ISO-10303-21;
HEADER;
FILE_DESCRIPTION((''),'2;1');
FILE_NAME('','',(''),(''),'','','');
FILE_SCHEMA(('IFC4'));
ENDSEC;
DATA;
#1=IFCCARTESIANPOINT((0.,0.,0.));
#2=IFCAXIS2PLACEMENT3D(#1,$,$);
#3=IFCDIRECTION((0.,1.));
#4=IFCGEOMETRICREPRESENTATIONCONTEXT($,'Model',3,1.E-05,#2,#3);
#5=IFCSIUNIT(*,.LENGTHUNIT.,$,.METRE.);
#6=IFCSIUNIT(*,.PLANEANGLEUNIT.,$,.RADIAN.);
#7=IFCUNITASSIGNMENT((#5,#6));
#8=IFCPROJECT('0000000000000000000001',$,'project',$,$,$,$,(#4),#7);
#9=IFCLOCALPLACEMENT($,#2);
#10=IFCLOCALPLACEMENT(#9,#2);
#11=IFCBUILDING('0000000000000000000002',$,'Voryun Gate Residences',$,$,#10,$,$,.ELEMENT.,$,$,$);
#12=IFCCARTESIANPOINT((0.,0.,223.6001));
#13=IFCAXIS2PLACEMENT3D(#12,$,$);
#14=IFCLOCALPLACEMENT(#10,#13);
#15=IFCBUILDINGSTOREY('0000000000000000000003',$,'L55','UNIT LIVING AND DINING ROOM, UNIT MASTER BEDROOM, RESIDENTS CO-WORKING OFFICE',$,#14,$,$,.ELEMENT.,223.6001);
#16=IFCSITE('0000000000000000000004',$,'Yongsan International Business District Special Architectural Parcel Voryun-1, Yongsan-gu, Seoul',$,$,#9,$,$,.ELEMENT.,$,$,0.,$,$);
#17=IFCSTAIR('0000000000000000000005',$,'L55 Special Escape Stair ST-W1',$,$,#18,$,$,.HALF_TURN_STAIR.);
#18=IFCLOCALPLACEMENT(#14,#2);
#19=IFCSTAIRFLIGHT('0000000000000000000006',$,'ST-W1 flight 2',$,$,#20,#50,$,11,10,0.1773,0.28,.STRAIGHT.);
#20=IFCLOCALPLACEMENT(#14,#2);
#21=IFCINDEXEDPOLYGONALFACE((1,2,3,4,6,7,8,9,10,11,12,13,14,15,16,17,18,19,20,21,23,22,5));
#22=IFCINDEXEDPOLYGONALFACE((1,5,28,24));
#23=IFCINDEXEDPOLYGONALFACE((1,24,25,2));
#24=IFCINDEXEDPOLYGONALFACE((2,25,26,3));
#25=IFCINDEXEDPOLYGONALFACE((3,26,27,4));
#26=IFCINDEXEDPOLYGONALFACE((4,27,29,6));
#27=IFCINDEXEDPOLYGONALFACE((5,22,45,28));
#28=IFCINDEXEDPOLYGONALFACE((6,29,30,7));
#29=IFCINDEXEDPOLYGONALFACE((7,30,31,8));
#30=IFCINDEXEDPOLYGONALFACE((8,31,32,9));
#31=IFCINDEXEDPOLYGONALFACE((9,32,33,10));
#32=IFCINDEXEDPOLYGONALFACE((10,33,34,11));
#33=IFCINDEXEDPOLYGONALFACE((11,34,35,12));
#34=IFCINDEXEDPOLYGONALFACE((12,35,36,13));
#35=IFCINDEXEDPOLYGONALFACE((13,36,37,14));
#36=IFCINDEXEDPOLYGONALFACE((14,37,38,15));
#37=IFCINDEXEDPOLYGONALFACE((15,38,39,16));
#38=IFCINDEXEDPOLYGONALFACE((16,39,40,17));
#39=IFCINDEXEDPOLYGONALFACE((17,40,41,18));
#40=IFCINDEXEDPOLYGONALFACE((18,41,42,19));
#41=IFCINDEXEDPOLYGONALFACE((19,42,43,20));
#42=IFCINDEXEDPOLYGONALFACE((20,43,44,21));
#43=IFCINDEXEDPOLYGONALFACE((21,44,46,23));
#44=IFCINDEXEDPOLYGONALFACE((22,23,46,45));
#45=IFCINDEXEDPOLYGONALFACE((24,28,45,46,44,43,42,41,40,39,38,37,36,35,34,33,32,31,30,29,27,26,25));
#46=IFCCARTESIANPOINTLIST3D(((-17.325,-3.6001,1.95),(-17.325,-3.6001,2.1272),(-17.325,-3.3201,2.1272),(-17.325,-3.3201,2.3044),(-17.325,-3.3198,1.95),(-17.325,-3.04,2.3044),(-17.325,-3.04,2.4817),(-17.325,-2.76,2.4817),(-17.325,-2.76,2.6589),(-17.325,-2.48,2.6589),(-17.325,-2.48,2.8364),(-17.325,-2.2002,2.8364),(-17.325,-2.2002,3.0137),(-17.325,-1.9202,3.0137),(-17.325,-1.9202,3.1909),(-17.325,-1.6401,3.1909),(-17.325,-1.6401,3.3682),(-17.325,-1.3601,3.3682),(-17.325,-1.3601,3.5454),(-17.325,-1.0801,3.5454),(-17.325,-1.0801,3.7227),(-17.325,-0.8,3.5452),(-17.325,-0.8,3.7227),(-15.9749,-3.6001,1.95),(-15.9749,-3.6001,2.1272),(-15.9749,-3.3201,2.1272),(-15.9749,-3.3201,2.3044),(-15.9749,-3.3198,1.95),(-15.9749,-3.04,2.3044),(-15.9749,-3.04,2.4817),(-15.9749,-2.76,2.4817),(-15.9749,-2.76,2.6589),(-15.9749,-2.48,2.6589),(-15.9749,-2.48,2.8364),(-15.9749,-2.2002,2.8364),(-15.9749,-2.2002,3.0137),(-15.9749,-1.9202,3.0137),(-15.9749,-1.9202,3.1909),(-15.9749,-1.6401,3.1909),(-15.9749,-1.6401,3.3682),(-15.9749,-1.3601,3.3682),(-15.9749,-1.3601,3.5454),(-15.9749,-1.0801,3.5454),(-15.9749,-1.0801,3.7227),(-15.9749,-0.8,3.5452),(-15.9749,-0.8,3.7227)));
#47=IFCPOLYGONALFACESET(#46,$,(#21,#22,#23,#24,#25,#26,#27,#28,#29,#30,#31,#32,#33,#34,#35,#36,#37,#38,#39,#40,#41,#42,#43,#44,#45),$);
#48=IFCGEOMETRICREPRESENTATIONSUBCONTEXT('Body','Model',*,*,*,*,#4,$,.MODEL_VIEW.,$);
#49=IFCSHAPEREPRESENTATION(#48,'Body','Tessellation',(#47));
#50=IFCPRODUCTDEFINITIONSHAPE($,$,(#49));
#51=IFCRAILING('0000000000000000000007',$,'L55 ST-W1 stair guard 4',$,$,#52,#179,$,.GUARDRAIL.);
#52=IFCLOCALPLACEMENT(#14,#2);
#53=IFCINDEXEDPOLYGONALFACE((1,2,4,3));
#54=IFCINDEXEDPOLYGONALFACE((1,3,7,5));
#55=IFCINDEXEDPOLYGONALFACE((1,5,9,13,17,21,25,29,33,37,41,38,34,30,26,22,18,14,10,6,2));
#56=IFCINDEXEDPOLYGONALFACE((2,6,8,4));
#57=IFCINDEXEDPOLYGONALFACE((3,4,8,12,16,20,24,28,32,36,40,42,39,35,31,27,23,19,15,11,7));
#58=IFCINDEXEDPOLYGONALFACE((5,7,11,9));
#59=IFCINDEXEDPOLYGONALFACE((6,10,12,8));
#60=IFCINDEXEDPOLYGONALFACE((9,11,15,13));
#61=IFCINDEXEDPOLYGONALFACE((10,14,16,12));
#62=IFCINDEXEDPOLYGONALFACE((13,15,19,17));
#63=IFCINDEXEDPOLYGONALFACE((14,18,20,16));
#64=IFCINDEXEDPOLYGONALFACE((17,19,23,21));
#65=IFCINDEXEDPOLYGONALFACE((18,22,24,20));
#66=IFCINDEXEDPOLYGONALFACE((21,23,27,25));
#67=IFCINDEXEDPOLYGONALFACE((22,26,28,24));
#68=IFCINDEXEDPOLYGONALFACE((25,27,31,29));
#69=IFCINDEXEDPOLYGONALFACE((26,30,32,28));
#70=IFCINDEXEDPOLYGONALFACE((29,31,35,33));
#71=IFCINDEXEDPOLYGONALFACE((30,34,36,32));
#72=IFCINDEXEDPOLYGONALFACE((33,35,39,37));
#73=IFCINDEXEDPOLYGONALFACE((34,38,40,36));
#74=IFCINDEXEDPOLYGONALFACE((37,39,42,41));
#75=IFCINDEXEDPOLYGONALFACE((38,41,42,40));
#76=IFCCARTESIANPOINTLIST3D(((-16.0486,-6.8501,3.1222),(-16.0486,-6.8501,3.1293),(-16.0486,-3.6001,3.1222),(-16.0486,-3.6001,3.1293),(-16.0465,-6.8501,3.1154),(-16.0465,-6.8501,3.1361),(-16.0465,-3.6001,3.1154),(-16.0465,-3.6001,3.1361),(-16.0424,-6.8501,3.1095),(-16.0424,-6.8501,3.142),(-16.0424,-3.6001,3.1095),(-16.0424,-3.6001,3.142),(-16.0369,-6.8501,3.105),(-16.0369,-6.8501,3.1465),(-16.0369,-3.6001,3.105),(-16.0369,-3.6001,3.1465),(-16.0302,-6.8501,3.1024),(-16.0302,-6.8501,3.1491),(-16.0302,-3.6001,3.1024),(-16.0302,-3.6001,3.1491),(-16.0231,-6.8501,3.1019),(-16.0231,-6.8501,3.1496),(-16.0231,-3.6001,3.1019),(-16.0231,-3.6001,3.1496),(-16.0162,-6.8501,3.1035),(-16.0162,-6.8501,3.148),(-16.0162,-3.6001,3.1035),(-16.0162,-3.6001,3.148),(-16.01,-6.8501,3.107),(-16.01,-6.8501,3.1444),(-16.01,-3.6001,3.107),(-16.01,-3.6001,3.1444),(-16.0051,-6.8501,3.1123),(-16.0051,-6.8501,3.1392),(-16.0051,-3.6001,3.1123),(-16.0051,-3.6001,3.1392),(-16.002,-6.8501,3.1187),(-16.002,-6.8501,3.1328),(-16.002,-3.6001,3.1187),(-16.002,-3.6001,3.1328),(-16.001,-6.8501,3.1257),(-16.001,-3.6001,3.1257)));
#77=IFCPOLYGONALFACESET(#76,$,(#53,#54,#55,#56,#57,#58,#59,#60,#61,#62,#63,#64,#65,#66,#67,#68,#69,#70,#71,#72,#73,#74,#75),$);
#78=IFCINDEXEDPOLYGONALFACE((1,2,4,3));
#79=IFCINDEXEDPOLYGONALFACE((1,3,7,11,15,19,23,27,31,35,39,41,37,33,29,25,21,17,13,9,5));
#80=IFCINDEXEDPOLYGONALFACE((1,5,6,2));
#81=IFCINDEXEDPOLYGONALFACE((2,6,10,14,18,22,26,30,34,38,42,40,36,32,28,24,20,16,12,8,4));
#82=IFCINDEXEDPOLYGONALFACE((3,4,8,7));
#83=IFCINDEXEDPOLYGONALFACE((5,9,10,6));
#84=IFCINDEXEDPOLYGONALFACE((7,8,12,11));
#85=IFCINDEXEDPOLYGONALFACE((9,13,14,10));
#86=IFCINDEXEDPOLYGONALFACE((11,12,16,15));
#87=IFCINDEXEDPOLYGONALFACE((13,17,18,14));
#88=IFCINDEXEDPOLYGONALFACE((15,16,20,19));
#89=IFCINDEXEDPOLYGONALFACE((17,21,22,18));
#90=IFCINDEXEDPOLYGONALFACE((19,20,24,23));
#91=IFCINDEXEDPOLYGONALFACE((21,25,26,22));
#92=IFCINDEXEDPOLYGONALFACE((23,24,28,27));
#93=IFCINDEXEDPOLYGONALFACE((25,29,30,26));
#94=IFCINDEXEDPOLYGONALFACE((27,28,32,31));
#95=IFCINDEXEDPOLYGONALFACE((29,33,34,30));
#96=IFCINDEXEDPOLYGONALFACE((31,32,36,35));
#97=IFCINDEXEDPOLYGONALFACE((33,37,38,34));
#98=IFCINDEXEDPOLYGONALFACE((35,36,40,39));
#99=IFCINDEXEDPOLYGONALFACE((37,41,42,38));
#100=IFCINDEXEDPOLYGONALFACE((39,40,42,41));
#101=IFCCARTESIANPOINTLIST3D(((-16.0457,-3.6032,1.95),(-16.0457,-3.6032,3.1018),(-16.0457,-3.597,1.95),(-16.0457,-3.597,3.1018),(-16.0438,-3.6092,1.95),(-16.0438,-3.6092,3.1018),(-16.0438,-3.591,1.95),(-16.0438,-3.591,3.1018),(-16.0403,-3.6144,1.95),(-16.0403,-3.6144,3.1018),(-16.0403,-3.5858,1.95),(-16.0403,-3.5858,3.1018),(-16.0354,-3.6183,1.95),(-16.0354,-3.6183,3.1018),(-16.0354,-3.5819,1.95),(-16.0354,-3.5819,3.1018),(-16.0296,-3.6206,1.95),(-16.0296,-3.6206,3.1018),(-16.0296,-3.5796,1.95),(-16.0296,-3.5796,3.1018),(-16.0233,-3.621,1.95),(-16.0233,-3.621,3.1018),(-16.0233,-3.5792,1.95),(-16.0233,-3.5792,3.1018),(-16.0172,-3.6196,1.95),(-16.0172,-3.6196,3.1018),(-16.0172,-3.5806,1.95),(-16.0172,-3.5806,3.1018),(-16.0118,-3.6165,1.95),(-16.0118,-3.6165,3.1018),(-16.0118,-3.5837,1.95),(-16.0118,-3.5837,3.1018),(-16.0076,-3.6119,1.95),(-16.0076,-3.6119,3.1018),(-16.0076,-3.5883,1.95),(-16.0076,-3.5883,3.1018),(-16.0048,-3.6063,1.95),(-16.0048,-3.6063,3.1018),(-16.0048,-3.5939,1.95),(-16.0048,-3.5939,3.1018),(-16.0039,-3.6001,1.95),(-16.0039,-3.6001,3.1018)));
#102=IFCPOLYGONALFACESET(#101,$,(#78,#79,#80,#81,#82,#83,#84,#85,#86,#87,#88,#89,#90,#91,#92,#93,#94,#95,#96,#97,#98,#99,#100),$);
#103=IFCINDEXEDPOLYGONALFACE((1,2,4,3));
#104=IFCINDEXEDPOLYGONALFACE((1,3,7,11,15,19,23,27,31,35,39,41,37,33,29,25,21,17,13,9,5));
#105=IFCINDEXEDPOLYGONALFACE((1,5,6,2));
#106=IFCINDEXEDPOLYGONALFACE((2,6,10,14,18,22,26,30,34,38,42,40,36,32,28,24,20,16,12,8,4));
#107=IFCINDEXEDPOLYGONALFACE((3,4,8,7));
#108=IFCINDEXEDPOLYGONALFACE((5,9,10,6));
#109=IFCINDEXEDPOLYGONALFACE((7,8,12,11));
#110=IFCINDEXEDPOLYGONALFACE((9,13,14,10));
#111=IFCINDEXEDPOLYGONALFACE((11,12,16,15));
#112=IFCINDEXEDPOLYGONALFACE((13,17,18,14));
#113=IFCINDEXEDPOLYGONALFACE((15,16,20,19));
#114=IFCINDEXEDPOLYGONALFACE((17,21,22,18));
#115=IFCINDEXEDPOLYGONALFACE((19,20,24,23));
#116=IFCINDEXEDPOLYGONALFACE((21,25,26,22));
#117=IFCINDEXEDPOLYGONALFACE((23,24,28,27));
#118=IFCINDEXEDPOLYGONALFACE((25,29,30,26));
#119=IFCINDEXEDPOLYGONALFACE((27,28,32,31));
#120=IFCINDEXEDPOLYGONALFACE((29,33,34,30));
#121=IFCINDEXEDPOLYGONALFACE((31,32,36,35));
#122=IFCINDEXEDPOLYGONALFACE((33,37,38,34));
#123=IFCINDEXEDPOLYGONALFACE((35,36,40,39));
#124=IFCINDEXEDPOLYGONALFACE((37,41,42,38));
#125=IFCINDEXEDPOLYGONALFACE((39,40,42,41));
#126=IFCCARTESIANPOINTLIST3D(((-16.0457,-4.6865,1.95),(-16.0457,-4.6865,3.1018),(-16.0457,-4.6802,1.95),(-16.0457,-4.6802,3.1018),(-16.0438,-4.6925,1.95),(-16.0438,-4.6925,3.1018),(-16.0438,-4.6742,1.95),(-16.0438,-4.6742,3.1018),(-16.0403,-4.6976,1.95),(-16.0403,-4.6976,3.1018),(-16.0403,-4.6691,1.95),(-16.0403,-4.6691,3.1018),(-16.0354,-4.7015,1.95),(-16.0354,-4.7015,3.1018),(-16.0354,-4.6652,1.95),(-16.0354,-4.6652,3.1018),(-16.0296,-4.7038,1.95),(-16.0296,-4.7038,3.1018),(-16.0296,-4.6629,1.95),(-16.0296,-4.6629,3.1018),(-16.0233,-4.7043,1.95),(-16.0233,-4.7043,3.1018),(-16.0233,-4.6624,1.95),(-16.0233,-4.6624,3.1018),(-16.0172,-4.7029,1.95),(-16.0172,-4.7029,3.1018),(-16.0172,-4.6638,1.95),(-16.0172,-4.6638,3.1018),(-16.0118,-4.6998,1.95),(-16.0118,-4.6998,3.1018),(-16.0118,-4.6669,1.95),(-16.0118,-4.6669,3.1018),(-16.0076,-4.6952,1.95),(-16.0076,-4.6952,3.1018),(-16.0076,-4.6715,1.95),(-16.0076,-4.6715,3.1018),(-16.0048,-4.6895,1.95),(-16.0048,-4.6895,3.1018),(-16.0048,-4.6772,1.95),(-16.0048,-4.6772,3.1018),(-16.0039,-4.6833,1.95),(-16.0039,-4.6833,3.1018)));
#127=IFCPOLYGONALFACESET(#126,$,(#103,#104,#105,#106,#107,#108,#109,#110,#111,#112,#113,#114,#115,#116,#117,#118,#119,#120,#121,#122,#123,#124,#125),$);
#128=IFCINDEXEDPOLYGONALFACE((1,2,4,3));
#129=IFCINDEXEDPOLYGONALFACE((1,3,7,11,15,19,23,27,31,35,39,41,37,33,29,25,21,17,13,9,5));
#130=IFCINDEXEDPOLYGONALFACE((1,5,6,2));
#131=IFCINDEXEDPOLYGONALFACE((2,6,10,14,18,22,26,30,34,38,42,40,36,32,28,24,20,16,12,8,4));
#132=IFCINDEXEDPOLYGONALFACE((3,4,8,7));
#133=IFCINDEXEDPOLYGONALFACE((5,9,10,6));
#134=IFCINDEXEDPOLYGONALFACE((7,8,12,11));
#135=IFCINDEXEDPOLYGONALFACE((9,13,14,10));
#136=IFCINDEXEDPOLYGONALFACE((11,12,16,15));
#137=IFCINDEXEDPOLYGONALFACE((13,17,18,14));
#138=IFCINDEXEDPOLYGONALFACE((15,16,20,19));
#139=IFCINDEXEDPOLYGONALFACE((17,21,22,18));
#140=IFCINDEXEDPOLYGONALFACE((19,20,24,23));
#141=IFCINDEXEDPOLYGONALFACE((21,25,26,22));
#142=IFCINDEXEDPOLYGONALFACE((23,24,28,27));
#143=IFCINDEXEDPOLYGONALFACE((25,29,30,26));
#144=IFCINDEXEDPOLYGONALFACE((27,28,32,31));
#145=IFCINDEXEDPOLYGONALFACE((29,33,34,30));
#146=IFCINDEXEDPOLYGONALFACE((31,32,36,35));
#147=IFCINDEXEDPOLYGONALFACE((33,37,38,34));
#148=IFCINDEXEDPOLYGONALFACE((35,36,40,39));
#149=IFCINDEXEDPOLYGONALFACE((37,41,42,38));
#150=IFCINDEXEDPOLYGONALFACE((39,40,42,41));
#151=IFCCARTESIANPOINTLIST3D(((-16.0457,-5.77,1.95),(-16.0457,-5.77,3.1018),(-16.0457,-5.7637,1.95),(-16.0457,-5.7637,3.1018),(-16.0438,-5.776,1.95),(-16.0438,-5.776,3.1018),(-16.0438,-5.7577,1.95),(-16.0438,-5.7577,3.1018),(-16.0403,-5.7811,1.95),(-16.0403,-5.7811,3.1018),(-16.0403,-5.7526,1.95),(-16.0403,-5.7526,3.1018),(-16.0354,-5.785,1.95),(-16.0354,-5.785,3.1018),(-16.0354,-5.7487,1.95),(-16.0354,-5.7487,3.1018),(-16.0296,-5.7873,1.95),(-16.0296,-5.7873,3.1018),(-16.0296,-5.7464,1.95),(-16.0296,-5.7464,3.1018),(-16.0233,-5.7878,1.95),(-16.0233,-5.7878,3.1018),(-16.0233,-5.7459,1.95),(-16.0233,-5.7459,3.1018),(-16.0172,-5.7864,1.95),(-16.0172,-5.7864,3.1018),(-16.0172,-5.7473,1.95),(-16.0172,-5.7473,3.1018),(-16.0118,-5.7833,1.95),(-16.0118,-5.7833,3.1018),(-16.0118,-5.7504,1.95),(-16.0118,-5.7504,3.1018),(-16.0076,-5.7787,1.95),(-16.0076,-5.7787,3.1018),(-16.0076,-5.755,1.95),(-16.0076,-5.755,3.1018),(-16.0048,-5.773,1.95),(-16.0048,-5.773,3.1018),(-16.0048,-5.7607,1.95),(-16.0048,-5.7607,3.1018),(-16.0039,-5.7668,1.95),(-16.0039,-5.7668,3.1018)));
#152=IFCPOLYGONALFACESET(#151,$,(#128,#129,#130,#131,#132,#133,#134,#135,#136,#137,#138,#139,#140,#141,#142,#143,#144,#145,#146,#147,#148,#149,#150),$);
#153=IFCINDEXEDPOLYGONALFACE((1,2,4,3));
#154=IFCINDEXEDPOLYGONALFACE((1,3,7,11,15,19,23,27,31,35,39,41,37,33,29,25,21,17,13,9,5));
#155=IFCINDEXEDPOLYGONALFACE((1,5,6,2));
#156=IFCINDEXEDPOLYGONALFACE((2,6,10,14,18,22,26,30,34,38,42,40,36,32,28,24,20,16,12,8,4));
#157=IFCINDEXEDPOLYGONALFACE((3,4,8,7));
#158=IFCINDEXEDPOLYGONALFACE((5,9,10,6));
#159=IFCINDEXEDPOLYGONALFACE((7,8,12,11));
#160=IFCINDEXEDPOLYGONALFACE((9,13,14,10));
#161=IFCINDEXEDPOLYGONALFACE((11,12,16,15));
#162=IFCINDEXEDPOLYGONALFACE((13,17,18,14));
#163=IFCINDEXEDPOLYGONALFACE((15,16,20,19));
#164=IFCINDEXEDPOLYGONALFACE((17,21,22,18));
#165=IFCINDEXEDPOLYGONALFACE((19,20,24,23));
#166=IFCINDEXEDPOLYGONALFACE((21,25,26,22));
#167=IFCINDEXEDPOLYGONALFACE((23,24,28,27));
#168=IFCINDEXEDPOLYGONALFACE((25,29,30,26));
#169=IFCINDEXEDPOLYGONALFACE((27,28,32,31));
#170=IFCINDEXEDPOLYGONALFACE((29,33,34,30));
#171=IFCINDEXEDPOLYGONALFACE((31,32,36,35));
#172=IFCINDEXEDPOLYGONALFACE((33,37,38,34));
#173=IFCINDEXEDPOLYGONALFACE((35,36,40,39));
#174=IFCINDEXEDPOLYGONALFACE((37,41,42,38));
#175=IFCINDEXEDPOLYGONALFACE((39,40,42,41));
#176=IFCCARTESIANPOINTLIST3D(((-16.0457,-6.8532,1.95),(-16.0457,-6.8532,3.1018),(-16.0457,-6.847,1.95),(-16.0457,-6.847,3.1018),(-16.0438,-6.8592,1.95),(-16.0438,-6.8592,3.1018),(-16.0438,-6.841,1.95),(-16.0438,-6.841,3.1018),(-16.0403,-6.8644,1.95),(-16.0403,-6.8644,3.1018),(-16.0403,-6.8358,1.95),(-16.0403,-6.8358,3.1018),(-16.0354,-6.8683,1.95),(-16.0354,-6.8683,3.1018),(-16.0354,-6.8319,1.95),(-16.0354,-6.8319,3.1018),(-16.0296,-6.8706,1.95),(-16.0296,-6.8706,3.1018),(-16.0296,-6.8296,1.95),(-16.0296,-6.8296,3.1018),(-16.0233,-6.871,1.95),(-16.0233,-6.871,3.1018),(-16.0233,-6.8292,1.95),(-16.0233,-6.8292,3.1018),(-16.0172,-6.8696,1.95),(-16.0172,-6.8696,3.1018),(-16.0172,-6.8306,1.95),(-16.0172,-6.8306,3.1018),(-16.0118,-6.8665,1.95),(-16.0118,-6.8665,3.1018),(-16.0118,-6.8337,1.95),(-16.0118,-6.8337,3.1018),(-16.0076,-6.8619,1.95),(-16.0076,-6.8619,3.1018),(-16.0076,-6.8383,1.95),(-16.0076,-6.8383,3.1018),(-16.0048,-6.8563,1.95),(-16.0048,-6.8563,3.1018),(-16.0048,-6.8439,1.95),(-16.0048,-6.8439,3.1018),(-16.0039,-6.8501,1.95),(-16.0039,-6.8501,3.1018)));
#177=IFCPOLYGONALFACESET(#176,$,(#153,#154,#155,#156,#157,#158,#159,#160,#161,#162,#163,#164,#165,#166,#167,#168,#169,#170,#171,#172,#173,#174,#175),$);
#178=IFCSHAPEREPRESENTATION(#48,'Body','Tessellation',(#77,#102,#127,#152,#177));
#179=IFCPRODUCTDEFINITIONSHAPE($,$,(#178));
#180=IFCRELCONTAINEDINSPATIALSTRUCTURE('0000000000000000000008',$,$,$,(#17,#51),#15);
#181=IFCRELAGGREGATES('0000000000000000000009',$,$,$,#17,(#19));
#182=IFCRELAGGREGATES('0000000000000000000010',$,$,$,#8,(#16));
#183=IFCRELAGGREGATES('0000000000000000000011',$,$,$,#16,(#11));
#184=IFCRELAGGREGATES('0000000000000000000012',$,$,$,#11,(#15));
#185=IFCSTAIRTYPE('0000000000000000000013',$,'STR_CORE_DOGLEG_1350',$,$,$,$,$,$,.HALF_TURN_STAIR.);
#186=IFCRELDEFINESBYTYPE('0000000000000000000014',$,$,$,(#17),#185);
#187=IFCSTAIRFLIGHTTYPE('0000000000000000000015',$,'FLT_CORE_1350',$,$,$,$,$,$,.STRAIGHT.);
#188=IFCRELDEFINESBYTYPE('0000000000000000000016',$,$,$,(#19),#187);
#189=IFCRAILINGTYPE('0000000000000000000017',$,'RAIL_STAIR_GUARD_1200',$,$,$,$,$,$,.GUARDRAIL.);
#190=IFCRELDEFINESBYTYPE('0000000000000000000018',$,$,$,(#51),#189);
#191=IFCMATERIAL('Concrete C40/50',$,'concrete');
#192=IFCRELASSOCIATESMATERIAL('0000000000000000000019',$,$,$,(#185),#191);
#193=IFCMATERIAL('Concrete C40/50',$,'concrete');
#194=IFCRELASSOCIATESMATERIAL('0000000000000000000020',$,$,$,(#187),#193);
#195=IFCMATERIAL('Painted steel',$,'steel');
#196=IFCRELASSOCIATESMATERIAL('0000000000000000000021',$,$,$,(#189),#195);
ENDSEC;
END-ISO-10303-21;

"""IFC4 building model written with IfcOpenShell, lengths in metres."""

from ifc_helpers import new_model, si_unit, direction, frame, origin, origin_2d, place, context, subcontext, project, spatial, polyline, circle, outline, extrude, material, type_object, element, aggregate, save


model = new_model("IFC4")

# Units and contexts
model_context = context("Model", 3, precision=1e-05, world=origin(), true_north=direction((0.0, 1.0)))
body_context = subcontext(model_context, "Body", "Model", "MODEL_VIEW")
ifc_project = project(units=[si_unit("LENGTHUNIT", "METRE"), si_unit("PLANEANGLEUNIT", "RADIAN")], contexts=[model_context])

# Site, building, storey
site_placement = place(None, origin())
site = spatial("IfcSite", under=ifc_project, at=site_placement, Name="Yongsan International Business District Special Architectural Parcel Voryun-1, Yongsan-gu, Seoul", CompositionType="ELEMENT", RefElevation=0.0)
building_placement = place(site_placement, origin())
building = spatial("IfcBuilding", under=site, at=building_placement, Name="Voryun Gate Residences", CompositionType="ELEMENT")
storey_placement = place(building_placement, frame((0.0, 0.0, 223.6001)))
storey = spatial("IfcBuildingStorey", under=building, at=storey_placement, Name="L55", Description="UNIT LIVING AND DINING ROOM, UNIT MASTER BEDROOM, RESIDENTS CO-WORKING OFFICE", CompositionType="ELEMENT", Elevation=223.6001)

# Stair, stair flight
ifc_material_1 = material(Name="Concrete C40/50", Category="concrete")
stair_type = type_object("IfcStairType", Name="STR_CORE_DOGLEG_1350", PredefinedType="HALF_TURN_STAIR", material=ifc_material_1)
stair_placement = place(storey_placement, origin())
stair = element("IfcStair", 1, at=stair_placement, inside=storey, type_object=stair_type, Name="L55 Special Escape Stair ST-W1", PredefinedType="HALF_TURN_STAIR")
ifc_material_2 = material(Name="Concrete C40/50", Category="concrete")
stair_flight_type = type_object("IfcStairFlightType", Name="FLT_CORE_1350", PredefinedType="STRAIGHT", material=ifc_material_2)
stair_flight_placement = place(storey_placement, frame((-16.6499, -3.6001, 1.95), z_axis=(0.0, 0.0, 1.0), x_axis=(0.0, 1.0, 0.0)))
stair_flight = element("IfcStairFlight", 2, at=stair_flight_placement, type_object=stair_flight_type, Name="ST-W1 flight 2", NumberOfRisers=11, NumberOfTreads=10, PredefinedType="STRAIGHT", RiserHeight=0.1773, TreadLength=0.28, context=body_context, shape_type="SweptSolid", body=[
    extrude(outline(polyline([(0.0, 0.0), (0.0, 0.1772), (0.28, 0.1772), (0.28, 0.3545), (0.5601, 0.3545), (0.5601, 0.5317), (0.8401, 0.5317), (0.8401, 0.709), (1.1201, 0.709), (1.1201, 0.8865), (1.3999, 0.8865), (1.3999, 1.0637), (1.6799, 1.0637), (1.6799, 1.241), (1.96, 1.241), (1.96, 1.4182), (2.24, 1.4182), (2.24, 1.5955), (2.52, 1.5955), (2.52, 1.7727), (2.8, 1.7727), (2.8, 1.95), (2.8, 1.5952), (0.2803, 0.0), (0.0, 0.0)])), frame((0.0, 0.675, 0.0), z_axis=(0.0, -1.0, 0.0), x_axis=(1.0, 0.0, 0.0)), (0.0, 0.0, 1.0), 1.3501),
])
aggregate(stair, [stair_flight])

# Railing
ifc_material_3 = material(Name="Painted steel", Category="steel")
railing_type_1 = type_object("IfcRailingType", Name="RAIL_STAIR_GUARD_1200", PredefinedType="GUARDRAIL", material=ifc_material_3)
railing_1_placement = place(storey_placement, frame((-16.0249, -3.6001, 1.95)))
element("IfcRailing", 3, at=railing_1_placement, inside=storey, type_object=railing_type_1, Name="L55 ST-W1 stair guard 4", PredefinedType="GUARDRAIL", context=body_context, shape_type="SweptSolid", body=[
    extrude(circle(Radius=0.0239, at=origin_2d()), frame((0.0, 0.0, 1.1758), z_axis=(0.0, -1.0, 0.0), x_axis=(1.0, 0.0, 0.0)), (0.0, 0.0, 1.0), 3.25),
    extrude(circle(Radius=0.021, at=origin_2d()), origin(), (0.0, 0.0, 1.0), 1.1519),
    extrude(circle(Radius=0.021, at=origin_2d()), frame((0.0, -1.0833, 0.0)), (0.0, 0.0, 1.0), 1.1519),
    extrude(circle(Radius=0.021, at=origin_2d()), frame((0.0, -2.1667, 0.0)), (0.0, 0.0, 1.0), 1.1519),
    extrude(circle(Radius=0.021, at=origin_2d()), frame((0.0, -3.25, 0.0)), (0.0, 0.0, 1.0), 1.1519),
])

save(model, "model.ifc")
